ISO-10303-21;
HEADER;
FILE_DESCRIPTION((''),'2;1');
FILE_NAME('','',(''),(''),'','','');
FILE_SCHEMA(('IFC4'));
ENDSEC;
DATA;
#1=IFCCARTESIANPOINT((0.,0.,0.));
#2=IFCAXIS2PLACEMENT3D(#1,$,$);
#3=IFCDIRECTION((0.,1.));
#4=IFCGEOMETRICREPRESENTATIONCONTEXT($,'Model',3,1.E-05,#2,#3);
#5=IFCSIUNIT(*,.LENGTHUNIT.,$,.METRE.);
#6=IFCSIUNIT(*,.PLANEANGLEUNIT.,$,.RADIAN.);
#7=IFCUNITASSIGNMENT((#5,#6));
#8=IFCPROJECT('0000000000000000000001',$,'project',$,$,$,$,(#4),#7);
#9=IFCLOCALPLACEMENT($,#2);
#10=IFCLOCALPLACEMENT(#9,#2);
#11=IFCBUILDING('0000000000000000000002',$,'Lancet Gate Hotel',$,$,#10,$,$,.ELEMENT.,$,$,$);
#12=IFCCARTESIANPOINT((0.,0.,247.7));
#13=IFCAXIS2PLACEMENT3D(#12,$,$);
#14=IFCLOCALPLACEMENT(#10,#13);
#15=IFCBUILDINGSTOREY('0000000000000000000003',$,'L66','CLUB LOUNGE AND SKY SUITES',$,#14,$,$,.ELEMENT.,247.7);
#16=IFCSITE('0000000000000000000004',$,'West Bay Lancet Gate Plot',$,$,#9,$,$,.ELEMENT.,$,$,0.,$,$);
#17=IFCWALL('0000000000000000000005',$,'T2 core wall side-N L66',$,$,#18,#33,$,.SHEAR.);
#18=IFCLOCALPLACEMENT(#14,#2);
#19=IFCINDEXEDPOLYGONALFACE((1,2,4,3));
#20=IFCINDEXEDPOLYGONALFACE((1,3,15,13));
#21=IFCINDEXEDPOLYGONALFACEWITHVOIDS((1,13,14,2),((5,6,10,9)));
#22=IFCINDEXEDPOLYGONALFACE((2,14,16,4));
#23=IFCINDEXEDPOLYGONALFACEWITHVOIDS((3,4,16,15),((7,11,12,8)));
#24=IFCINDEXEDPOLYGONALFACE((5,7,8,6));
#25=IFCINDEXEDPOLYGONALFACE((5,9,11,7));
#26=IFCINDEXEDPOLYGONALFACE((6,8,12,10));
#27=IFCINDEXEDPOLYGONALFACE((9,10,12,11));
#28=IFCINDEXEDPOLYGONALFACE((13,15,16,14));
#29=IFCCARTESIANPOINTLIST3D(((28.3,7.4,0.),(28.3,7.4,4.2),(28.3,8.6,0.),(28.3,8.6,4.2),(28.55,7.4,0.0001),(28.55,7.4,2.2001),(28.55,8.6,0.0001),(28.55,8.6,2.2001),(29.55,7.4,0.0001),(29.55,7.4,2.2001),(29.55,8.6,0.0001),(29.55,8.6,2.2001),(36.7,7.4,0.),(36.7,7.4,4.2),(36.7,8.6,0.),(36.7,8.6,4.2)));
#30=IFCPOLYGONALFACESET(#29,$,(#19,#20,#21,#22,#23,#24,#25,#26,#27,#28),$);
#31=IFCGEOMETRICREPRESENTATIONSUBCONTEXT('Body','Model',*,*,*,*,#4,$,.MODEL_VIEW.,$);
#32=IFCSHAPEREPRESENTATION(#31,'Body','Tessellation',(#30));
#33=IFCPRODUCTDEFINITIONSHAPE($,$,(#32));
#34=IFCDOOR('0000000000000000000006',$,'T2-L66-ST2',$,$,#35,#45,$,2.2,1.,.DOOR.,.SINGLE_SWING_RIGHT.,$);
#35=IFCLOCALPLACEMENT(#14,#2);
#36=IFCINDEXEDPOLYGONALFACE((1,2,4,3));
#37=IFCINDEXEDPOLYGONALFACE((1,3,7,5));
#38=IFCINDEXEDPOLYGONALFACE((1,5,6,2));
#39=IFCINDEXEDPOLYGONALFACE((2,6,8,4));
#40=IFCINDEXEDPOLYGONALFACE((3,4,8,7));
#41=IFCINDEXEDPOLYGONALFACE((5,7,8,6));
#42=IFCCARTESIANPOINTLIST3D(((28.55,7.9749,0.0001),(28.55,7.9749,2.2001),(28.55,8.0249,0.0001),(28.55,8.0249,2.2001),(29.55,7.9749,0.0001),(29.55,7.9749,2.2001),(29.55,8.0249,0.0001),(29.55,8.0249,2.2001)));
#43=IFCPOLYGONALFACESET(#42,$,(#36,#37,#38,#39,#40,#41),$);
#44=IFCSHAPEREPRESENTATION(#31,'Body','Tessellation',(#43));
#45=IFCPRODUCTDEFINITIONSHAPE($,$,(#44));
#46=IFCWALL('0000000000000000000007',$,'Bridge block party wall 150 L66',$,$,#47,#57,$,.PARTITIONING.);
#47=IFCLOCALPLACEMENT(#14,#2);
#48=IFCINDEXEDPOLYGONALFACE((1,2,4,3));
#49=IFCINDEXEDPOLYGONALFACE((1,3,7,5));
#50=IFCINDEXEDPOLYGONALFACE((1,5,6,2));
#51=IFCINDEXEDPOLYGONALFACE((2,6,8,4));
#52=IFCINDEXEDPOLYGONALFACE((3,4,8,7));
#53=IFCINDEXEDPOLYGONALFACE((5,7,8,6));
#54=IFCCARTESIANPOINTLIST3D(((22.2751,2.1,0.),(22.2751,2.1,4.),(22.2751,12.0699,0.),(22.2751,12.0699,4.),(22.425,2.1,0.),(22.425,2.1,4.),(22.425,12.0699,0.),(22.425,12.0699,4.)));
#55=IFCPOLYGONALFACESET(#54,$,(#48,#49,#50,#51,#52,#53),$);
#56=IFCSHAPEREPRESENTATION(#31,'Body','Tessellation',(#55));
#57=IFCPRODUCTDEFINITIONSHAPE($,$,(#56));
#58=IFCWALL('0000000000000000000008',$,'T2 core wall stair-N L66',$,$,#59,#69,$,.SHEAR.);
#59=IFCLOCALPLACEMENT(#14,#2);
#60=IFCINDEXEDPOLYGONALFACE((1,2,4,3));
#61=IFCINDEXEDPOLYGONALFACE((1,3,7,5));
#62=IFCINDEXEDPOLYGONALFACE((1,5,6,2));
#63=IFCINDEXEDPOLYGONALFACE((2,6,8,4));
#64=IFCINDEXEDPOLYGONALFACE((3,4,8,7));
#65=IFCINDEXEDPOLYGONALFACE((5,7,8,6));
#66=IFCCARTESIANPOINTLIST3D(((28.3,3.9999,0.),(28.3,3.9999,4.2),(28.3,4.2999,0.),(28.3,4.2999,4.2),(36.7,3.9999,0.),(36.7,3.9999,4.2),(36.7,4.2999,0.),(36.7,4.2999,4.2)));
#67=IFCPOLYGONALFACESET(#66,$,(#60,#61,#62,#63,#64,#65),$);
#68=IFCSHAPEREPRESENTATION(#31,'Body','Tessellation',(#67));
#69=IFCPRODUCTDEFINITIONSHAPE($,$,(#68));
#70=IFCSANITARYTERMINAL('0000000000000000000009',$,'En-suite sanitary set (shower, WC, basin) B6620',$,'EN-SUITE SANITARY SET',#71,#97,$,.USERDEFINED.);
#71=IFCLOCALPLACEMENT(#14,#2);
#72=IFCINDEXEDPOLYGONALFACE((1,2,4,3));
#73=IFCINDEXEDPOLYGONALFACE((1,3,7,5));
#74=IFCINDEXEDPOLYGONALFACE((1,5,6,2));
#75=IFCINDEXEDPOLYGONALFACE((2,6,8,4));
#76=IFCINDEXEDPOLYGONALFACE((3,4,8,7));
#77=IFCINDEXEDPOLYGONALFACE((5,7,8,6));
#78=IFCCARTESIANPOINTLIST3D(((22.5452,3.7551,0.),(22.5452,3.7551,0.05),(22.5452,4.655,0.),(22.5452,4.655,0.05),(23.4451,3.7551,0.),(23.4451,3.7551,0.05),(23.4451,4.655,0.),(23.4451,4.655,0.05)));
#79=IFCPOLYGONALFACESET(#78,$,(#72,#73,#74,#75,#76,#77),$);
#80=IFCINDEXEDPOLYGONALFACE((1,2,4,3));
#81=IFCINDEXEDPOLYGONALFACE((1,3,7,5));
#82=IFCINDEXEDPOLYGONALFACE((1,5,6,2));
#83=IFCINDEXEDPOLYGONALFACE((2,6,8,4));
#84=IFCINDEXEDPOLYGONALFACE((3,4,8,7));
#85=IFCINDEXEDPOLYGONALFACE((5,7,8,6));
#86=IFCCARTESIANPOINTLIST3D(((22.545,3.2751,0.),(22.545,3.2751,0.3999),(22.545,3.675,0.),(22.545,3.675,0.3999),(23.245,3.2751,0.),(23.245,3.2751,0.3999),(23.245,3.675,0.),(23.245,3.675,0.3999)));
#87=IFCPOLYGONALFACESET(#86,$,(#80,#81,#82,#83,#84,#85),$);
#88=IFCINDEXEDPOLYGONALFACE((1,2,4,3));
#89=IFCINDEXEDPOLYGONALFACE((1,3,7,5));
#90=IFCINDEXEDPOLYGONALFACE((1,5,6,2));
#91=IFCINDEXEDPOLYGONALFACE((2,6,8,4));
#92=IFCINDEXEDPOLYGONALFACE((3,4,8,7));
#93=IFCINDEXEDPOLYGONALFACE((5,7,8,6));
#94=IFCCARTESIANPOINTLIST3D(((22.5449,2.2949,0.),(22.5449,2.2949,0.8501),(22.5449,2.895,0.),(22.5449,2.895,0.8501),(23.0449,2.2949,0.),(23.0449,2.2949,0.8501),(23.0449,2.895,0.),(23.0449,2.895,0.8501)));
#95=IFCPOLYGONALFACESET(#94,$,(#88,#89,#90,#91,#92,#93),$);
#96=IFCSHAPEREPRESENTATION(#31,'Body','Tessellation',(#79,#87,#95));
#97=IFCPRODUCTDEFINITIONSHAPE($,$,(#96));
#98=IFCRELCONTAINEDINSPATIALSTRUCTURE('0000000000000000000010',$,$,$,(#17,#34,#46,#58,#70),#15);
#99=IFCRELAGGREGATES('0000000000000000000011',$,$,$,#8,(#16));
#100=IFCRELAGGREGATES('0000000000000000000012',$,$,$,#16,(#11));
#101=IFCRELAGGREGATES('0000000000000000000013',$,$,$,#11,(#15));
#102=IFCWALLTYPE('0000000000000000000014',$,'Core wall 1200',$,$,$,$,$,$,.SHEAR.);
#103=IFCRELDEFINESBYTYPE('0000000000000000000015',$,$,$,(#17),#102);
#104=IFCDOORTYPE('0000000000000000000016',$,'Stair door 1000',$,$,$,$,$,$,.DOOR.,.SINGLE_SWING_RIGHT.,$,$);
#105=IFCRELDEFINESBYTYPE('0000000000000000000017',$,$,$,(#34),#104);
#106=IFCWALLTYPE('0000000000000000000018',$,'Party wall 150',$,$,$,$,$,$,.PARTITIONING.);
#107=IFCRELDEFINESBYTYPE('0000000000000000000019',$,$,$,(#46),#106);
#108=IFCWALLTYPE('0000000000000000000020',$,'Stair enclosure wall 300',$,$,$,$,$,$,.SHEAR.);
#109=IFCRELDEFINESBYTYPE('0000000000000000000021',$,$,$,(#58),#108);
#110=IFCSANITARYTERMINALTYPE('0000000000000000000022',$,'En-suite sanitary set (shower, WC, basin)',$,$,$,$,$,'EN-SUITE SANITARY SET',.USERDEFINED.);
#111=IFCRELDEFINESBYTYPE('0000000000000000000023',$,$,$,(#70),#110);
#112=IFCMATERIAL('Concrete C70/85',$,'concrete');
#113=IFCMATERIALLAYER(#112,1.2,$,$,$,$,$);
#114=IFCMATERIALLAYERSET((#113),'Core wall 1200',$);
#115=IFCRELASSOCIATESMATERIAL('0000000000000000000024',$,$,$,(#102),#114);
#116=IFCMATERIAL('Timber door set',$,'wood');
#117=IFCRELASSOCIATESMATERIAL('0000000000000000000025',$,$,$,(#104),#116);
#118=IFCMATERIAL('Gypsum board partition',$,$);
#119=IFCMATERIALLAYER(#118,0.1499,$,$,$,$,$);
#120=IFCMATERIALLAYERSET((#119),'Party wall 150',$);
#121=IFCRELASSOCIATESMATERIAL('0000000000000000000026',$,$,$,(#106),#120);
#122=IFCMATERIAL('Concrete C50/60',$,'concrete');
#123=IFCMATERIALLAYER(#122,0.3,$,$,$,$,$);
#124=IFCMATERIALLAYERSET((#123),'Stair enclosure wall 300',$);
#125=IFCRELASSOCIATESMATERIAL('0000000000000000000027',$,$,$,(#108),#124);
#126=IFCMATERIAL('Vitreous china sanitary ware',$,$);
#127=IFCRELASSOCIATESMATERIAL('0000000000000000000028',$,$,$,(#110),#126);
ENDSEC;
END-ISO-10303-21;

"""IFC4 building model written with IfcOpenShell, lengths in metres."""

from ifc_helpers import new_model, si_unit, direction, frame, frame_2d, origin, origin_2d, place, context, subcontext, project, spatial, rectangle, extrude, material, layer, layer_set, type_object, element, fill, save


model = new_model("IFC4")

# Units and contexts
model_context = context("Model", 3, precision=1e-05, world=origin(), true_north=direction((0.0, 1.0)))
body_context = subcontext(model_context, "Body", "Model", "MODEL_VIEW")
ifc_project = project(units=[si_unit("LENGTHUNIT", "METRE"), si_unit("PLANEANGLEUNIT", "RADIAN")], contexts=[model_context])

# Site, building, storey
site_placement = place(None, origin())
site = spatial("IfcSite", under=ifc_project, at=site_placement, Name="West Bay Lancet Gate Plot", CompositionType="ELEMENT", RefElevation=0.0)
building_placement = place(site_placement, origin())
building = spatial("IfcBuilding", under=site, at=building_placement, Name="Lancet Gate Hotel", CompositionType="ELEMENT")
storey_placement = place(building_placement, frame((0.0, 0.0, 247.7)))
storey = spatial("IfcBuildingStorey", under=building, at=storey_placement, Name="L66", Description="CLUB LOUNGE AND SKY SUITES", CompositionType="ELEMENT", Elevation=247.7)

# Wall, opening, door
ifc_material_1 = material(Name="Concrete C70/85", Category="concrete")
ifc_layer_1 = layer(ifc_material_1, 1.2)
ifc_layer_set_1 = layer_set([ifc_layer_1], Name="Core wall 1200")
wall_type_1 = type_object("IfcWallType", Name="Core wall 1200", PredefinedType="SHEAR", material=ifc_layer_set_1)
wall_1_placement = place(storey_placement, frame((28.3, 8.0, 0.0), z_axis=(0.0, 0.0, 1.0), x_axis=(1.0, 0.0, 0.0)))
wall_1 = element("IfcWall", 1, at=wall_1_placement, inside=storey, type_object=wall_type_1, Name="T2 core wall side-N L66", PredefinedType="SHEAR", context=body_context, shape_type="SweptSolid", body=[
    extrude(rectangle(XDim=8.3999, YDim=1.2, at=frame_2d((4.2, 0.0))), origin(), (0.0, 0.0, 1.0), 4.2),
])
opening_1_placement = place(wall_1_placement, frame((0.25, 0.0, 0.0)))
opening_1 = element("IfcOpeningElement", 2, at=opening_1_placement, cuts=wall_1, PredefinedType="OPENING", context=body_context, shape_type="SweptSolid", body=[
    extrude(rectangle(XDim=1.0, YDim=2.2, at=frame_2d((0.5, 1.1001))), frame((0.0, 0.6099, 0.0), z_axis=(0.0, -1.0, 0.0), x_axis=(1.0, 0.0, 0.0)), (0.0, 0.0, 1.0), 1.22),
])
ifc_material_2 = material(Name="Timber door set", Category="wood")
door_type_1 = type_object("IfcDoorType", Name="Stair door 1000", OperationType="SINGLE_SWING_RIGHT", PredefinedType="DOOR", material=ifc_material_2)
door_1_placement = place(opening_1_placement, origin())
door_1 = element("IfcDoor", 3, at=door_1_placement, inside=storey, type_object=door_type_1, Name="T2-L66-ST2", OperationType="SINGLE_SWING_RIGHT", OverallHeight=2.2, OverallWidth=1.0, PredefinedType="DOOR", context=body_context, shape_type="SweptSolid", body=[
    extrude(rectangle(XDim=1.0, YDim=2.2, at=frame_2d((0.5, 1.1001))), frame((0.0, 0.0249, 0.0), z_axis=(0.0, -1.0, 0.0), x_axis=(1.0, 0.0, 0.0)), (0.0, 0.0, 1.0), 0.05),
])
fill(opening_1, door_1)

# Walls
ifc_material_3 = material(Name="Gypsum board partition")
ifc_layer_2 = layer(ifc_material_3, 0.1499)
ifc_layer_set_2 = layer_set([ifc_layer_2], Name="Party wall 150")
wall_type_2 = type_object("IfcWallType", Name="Party wall 150", PredefinedType="PARTITIONING", material=ifc_layer_set_2)
wall_2_placement = place(storey_placement, frame((22.3501, 2.1001, 0.0), z_axis=(0.0, 0.0, 1.0), x_axis=(0.0, 1.0, 0.0)))
element("IfcWall", 4, at=wall_2_placement, inside=storey, type_object=wall_type_2, Name="Bridge block party wall 150 L66", PredefinedType="PARTITIONING", context=body_context, shape_type="SweptSolid", body=[
    extrude(rectangle(XDim=9.97, YDim=0.1499, at=frame_2d((4.9849, 0.0))), origin(), (0.0, 0.0, 1.0), 4.0),
])
ifc_material_4 = material(Name="Concrete C50/60", Category="concrete")
ifc_layer_3 = layer(ifc_material_4, 0.3)
ifc_layer_set_3 = layer_set([ifc_layer_3], Name="Stair enclosure wall 300")
wall_type_3 = type_object("IfcWallType", Name="Stair enclosure wall 300", PredefinedType="SHEAR", material=ifc_layer_set_3)
wall_3_placement = place(storey_placement, frame((28.3, 4.1499, 0.0), z_axis=(0.0, 0.0, 1.0), x_axis=(1.0, 0.0, 0.0)))
element("IfcWall", 5, at=wall_3_placement, inside=storey, type_object=wall_type_3, Name="T2 core wall stair-N L66", PredefinedType="SHEAR", context=body_context, shape_type="SweptSolid", body=[
    extrude(rectangle(XDim=8.3999, YDim=0.3, at=frame_2d((4.2, 0.0))), origin(), (0.0, 0.0, 1.0), 4.2),
])

# Sanitary terminal
ifc_material_5 = material(Name="Vitreous china sanitary ware")
sanitary_terminal_type = type_object("IfcSanitaryTerminalType", Name="En-suite sanitary set (shower, WC, basin)", ElementType="EN-SUITE SANITARY SET", PredefinedType="USERDEFINED", material=ifc_material_5)
sanitary_terminal_placement = place(storey_placement, frame((22.9951, 4.2051, 0.0), z_axis=(0.0, 0.0, 1.0), x_axis=(1.0, 0.0, 0.0)))
element("IfcSanitaryTerminal", 6, at=sanitary_terminal_placement, inside=storey, type_object=sanitary_terminal_type, Name="En-suite sanitary set (shower, WC, basin) B6620", ObjectType="EN-SUITE SANITARY SET", PredefinedType="USERDEFINED", context=body_context, shape_type="SweptSolid", body=[
    extrude(rectangle(XDim=0.8999, YDim=0.8999, at=origin_2d()), frame((0.0, 0.0, 0.0), z_axis=(0.0, 0.0, 1.0), x_axis=(0.0, 1.0, 0.0)), (0.0, 0.0, 1.0), 0.05),
    extrude(rectangle(XDim=0.3999, YDim=0.7, at=origin_2d()), frame((-0.1001, -0.73, 0.0), z_axis=(0.0, 0.0, 1.0), x_axis=(0.0, 1.0, 0.0)), (0.0, 0.0, 1.0), 0.3999),
    extrude(rectangle(XDim=0.6001, YDim=0.5, at=origin_2d()), frame((-0.2002, -1.6101, 0.0), z_axis=(0.0, 0.0, 1.0), x_axis=(0.0, 1.0, 0.0)), (0.0, 0.0, 1.0), 0.8501),
])

save(model, "model.ifc")
